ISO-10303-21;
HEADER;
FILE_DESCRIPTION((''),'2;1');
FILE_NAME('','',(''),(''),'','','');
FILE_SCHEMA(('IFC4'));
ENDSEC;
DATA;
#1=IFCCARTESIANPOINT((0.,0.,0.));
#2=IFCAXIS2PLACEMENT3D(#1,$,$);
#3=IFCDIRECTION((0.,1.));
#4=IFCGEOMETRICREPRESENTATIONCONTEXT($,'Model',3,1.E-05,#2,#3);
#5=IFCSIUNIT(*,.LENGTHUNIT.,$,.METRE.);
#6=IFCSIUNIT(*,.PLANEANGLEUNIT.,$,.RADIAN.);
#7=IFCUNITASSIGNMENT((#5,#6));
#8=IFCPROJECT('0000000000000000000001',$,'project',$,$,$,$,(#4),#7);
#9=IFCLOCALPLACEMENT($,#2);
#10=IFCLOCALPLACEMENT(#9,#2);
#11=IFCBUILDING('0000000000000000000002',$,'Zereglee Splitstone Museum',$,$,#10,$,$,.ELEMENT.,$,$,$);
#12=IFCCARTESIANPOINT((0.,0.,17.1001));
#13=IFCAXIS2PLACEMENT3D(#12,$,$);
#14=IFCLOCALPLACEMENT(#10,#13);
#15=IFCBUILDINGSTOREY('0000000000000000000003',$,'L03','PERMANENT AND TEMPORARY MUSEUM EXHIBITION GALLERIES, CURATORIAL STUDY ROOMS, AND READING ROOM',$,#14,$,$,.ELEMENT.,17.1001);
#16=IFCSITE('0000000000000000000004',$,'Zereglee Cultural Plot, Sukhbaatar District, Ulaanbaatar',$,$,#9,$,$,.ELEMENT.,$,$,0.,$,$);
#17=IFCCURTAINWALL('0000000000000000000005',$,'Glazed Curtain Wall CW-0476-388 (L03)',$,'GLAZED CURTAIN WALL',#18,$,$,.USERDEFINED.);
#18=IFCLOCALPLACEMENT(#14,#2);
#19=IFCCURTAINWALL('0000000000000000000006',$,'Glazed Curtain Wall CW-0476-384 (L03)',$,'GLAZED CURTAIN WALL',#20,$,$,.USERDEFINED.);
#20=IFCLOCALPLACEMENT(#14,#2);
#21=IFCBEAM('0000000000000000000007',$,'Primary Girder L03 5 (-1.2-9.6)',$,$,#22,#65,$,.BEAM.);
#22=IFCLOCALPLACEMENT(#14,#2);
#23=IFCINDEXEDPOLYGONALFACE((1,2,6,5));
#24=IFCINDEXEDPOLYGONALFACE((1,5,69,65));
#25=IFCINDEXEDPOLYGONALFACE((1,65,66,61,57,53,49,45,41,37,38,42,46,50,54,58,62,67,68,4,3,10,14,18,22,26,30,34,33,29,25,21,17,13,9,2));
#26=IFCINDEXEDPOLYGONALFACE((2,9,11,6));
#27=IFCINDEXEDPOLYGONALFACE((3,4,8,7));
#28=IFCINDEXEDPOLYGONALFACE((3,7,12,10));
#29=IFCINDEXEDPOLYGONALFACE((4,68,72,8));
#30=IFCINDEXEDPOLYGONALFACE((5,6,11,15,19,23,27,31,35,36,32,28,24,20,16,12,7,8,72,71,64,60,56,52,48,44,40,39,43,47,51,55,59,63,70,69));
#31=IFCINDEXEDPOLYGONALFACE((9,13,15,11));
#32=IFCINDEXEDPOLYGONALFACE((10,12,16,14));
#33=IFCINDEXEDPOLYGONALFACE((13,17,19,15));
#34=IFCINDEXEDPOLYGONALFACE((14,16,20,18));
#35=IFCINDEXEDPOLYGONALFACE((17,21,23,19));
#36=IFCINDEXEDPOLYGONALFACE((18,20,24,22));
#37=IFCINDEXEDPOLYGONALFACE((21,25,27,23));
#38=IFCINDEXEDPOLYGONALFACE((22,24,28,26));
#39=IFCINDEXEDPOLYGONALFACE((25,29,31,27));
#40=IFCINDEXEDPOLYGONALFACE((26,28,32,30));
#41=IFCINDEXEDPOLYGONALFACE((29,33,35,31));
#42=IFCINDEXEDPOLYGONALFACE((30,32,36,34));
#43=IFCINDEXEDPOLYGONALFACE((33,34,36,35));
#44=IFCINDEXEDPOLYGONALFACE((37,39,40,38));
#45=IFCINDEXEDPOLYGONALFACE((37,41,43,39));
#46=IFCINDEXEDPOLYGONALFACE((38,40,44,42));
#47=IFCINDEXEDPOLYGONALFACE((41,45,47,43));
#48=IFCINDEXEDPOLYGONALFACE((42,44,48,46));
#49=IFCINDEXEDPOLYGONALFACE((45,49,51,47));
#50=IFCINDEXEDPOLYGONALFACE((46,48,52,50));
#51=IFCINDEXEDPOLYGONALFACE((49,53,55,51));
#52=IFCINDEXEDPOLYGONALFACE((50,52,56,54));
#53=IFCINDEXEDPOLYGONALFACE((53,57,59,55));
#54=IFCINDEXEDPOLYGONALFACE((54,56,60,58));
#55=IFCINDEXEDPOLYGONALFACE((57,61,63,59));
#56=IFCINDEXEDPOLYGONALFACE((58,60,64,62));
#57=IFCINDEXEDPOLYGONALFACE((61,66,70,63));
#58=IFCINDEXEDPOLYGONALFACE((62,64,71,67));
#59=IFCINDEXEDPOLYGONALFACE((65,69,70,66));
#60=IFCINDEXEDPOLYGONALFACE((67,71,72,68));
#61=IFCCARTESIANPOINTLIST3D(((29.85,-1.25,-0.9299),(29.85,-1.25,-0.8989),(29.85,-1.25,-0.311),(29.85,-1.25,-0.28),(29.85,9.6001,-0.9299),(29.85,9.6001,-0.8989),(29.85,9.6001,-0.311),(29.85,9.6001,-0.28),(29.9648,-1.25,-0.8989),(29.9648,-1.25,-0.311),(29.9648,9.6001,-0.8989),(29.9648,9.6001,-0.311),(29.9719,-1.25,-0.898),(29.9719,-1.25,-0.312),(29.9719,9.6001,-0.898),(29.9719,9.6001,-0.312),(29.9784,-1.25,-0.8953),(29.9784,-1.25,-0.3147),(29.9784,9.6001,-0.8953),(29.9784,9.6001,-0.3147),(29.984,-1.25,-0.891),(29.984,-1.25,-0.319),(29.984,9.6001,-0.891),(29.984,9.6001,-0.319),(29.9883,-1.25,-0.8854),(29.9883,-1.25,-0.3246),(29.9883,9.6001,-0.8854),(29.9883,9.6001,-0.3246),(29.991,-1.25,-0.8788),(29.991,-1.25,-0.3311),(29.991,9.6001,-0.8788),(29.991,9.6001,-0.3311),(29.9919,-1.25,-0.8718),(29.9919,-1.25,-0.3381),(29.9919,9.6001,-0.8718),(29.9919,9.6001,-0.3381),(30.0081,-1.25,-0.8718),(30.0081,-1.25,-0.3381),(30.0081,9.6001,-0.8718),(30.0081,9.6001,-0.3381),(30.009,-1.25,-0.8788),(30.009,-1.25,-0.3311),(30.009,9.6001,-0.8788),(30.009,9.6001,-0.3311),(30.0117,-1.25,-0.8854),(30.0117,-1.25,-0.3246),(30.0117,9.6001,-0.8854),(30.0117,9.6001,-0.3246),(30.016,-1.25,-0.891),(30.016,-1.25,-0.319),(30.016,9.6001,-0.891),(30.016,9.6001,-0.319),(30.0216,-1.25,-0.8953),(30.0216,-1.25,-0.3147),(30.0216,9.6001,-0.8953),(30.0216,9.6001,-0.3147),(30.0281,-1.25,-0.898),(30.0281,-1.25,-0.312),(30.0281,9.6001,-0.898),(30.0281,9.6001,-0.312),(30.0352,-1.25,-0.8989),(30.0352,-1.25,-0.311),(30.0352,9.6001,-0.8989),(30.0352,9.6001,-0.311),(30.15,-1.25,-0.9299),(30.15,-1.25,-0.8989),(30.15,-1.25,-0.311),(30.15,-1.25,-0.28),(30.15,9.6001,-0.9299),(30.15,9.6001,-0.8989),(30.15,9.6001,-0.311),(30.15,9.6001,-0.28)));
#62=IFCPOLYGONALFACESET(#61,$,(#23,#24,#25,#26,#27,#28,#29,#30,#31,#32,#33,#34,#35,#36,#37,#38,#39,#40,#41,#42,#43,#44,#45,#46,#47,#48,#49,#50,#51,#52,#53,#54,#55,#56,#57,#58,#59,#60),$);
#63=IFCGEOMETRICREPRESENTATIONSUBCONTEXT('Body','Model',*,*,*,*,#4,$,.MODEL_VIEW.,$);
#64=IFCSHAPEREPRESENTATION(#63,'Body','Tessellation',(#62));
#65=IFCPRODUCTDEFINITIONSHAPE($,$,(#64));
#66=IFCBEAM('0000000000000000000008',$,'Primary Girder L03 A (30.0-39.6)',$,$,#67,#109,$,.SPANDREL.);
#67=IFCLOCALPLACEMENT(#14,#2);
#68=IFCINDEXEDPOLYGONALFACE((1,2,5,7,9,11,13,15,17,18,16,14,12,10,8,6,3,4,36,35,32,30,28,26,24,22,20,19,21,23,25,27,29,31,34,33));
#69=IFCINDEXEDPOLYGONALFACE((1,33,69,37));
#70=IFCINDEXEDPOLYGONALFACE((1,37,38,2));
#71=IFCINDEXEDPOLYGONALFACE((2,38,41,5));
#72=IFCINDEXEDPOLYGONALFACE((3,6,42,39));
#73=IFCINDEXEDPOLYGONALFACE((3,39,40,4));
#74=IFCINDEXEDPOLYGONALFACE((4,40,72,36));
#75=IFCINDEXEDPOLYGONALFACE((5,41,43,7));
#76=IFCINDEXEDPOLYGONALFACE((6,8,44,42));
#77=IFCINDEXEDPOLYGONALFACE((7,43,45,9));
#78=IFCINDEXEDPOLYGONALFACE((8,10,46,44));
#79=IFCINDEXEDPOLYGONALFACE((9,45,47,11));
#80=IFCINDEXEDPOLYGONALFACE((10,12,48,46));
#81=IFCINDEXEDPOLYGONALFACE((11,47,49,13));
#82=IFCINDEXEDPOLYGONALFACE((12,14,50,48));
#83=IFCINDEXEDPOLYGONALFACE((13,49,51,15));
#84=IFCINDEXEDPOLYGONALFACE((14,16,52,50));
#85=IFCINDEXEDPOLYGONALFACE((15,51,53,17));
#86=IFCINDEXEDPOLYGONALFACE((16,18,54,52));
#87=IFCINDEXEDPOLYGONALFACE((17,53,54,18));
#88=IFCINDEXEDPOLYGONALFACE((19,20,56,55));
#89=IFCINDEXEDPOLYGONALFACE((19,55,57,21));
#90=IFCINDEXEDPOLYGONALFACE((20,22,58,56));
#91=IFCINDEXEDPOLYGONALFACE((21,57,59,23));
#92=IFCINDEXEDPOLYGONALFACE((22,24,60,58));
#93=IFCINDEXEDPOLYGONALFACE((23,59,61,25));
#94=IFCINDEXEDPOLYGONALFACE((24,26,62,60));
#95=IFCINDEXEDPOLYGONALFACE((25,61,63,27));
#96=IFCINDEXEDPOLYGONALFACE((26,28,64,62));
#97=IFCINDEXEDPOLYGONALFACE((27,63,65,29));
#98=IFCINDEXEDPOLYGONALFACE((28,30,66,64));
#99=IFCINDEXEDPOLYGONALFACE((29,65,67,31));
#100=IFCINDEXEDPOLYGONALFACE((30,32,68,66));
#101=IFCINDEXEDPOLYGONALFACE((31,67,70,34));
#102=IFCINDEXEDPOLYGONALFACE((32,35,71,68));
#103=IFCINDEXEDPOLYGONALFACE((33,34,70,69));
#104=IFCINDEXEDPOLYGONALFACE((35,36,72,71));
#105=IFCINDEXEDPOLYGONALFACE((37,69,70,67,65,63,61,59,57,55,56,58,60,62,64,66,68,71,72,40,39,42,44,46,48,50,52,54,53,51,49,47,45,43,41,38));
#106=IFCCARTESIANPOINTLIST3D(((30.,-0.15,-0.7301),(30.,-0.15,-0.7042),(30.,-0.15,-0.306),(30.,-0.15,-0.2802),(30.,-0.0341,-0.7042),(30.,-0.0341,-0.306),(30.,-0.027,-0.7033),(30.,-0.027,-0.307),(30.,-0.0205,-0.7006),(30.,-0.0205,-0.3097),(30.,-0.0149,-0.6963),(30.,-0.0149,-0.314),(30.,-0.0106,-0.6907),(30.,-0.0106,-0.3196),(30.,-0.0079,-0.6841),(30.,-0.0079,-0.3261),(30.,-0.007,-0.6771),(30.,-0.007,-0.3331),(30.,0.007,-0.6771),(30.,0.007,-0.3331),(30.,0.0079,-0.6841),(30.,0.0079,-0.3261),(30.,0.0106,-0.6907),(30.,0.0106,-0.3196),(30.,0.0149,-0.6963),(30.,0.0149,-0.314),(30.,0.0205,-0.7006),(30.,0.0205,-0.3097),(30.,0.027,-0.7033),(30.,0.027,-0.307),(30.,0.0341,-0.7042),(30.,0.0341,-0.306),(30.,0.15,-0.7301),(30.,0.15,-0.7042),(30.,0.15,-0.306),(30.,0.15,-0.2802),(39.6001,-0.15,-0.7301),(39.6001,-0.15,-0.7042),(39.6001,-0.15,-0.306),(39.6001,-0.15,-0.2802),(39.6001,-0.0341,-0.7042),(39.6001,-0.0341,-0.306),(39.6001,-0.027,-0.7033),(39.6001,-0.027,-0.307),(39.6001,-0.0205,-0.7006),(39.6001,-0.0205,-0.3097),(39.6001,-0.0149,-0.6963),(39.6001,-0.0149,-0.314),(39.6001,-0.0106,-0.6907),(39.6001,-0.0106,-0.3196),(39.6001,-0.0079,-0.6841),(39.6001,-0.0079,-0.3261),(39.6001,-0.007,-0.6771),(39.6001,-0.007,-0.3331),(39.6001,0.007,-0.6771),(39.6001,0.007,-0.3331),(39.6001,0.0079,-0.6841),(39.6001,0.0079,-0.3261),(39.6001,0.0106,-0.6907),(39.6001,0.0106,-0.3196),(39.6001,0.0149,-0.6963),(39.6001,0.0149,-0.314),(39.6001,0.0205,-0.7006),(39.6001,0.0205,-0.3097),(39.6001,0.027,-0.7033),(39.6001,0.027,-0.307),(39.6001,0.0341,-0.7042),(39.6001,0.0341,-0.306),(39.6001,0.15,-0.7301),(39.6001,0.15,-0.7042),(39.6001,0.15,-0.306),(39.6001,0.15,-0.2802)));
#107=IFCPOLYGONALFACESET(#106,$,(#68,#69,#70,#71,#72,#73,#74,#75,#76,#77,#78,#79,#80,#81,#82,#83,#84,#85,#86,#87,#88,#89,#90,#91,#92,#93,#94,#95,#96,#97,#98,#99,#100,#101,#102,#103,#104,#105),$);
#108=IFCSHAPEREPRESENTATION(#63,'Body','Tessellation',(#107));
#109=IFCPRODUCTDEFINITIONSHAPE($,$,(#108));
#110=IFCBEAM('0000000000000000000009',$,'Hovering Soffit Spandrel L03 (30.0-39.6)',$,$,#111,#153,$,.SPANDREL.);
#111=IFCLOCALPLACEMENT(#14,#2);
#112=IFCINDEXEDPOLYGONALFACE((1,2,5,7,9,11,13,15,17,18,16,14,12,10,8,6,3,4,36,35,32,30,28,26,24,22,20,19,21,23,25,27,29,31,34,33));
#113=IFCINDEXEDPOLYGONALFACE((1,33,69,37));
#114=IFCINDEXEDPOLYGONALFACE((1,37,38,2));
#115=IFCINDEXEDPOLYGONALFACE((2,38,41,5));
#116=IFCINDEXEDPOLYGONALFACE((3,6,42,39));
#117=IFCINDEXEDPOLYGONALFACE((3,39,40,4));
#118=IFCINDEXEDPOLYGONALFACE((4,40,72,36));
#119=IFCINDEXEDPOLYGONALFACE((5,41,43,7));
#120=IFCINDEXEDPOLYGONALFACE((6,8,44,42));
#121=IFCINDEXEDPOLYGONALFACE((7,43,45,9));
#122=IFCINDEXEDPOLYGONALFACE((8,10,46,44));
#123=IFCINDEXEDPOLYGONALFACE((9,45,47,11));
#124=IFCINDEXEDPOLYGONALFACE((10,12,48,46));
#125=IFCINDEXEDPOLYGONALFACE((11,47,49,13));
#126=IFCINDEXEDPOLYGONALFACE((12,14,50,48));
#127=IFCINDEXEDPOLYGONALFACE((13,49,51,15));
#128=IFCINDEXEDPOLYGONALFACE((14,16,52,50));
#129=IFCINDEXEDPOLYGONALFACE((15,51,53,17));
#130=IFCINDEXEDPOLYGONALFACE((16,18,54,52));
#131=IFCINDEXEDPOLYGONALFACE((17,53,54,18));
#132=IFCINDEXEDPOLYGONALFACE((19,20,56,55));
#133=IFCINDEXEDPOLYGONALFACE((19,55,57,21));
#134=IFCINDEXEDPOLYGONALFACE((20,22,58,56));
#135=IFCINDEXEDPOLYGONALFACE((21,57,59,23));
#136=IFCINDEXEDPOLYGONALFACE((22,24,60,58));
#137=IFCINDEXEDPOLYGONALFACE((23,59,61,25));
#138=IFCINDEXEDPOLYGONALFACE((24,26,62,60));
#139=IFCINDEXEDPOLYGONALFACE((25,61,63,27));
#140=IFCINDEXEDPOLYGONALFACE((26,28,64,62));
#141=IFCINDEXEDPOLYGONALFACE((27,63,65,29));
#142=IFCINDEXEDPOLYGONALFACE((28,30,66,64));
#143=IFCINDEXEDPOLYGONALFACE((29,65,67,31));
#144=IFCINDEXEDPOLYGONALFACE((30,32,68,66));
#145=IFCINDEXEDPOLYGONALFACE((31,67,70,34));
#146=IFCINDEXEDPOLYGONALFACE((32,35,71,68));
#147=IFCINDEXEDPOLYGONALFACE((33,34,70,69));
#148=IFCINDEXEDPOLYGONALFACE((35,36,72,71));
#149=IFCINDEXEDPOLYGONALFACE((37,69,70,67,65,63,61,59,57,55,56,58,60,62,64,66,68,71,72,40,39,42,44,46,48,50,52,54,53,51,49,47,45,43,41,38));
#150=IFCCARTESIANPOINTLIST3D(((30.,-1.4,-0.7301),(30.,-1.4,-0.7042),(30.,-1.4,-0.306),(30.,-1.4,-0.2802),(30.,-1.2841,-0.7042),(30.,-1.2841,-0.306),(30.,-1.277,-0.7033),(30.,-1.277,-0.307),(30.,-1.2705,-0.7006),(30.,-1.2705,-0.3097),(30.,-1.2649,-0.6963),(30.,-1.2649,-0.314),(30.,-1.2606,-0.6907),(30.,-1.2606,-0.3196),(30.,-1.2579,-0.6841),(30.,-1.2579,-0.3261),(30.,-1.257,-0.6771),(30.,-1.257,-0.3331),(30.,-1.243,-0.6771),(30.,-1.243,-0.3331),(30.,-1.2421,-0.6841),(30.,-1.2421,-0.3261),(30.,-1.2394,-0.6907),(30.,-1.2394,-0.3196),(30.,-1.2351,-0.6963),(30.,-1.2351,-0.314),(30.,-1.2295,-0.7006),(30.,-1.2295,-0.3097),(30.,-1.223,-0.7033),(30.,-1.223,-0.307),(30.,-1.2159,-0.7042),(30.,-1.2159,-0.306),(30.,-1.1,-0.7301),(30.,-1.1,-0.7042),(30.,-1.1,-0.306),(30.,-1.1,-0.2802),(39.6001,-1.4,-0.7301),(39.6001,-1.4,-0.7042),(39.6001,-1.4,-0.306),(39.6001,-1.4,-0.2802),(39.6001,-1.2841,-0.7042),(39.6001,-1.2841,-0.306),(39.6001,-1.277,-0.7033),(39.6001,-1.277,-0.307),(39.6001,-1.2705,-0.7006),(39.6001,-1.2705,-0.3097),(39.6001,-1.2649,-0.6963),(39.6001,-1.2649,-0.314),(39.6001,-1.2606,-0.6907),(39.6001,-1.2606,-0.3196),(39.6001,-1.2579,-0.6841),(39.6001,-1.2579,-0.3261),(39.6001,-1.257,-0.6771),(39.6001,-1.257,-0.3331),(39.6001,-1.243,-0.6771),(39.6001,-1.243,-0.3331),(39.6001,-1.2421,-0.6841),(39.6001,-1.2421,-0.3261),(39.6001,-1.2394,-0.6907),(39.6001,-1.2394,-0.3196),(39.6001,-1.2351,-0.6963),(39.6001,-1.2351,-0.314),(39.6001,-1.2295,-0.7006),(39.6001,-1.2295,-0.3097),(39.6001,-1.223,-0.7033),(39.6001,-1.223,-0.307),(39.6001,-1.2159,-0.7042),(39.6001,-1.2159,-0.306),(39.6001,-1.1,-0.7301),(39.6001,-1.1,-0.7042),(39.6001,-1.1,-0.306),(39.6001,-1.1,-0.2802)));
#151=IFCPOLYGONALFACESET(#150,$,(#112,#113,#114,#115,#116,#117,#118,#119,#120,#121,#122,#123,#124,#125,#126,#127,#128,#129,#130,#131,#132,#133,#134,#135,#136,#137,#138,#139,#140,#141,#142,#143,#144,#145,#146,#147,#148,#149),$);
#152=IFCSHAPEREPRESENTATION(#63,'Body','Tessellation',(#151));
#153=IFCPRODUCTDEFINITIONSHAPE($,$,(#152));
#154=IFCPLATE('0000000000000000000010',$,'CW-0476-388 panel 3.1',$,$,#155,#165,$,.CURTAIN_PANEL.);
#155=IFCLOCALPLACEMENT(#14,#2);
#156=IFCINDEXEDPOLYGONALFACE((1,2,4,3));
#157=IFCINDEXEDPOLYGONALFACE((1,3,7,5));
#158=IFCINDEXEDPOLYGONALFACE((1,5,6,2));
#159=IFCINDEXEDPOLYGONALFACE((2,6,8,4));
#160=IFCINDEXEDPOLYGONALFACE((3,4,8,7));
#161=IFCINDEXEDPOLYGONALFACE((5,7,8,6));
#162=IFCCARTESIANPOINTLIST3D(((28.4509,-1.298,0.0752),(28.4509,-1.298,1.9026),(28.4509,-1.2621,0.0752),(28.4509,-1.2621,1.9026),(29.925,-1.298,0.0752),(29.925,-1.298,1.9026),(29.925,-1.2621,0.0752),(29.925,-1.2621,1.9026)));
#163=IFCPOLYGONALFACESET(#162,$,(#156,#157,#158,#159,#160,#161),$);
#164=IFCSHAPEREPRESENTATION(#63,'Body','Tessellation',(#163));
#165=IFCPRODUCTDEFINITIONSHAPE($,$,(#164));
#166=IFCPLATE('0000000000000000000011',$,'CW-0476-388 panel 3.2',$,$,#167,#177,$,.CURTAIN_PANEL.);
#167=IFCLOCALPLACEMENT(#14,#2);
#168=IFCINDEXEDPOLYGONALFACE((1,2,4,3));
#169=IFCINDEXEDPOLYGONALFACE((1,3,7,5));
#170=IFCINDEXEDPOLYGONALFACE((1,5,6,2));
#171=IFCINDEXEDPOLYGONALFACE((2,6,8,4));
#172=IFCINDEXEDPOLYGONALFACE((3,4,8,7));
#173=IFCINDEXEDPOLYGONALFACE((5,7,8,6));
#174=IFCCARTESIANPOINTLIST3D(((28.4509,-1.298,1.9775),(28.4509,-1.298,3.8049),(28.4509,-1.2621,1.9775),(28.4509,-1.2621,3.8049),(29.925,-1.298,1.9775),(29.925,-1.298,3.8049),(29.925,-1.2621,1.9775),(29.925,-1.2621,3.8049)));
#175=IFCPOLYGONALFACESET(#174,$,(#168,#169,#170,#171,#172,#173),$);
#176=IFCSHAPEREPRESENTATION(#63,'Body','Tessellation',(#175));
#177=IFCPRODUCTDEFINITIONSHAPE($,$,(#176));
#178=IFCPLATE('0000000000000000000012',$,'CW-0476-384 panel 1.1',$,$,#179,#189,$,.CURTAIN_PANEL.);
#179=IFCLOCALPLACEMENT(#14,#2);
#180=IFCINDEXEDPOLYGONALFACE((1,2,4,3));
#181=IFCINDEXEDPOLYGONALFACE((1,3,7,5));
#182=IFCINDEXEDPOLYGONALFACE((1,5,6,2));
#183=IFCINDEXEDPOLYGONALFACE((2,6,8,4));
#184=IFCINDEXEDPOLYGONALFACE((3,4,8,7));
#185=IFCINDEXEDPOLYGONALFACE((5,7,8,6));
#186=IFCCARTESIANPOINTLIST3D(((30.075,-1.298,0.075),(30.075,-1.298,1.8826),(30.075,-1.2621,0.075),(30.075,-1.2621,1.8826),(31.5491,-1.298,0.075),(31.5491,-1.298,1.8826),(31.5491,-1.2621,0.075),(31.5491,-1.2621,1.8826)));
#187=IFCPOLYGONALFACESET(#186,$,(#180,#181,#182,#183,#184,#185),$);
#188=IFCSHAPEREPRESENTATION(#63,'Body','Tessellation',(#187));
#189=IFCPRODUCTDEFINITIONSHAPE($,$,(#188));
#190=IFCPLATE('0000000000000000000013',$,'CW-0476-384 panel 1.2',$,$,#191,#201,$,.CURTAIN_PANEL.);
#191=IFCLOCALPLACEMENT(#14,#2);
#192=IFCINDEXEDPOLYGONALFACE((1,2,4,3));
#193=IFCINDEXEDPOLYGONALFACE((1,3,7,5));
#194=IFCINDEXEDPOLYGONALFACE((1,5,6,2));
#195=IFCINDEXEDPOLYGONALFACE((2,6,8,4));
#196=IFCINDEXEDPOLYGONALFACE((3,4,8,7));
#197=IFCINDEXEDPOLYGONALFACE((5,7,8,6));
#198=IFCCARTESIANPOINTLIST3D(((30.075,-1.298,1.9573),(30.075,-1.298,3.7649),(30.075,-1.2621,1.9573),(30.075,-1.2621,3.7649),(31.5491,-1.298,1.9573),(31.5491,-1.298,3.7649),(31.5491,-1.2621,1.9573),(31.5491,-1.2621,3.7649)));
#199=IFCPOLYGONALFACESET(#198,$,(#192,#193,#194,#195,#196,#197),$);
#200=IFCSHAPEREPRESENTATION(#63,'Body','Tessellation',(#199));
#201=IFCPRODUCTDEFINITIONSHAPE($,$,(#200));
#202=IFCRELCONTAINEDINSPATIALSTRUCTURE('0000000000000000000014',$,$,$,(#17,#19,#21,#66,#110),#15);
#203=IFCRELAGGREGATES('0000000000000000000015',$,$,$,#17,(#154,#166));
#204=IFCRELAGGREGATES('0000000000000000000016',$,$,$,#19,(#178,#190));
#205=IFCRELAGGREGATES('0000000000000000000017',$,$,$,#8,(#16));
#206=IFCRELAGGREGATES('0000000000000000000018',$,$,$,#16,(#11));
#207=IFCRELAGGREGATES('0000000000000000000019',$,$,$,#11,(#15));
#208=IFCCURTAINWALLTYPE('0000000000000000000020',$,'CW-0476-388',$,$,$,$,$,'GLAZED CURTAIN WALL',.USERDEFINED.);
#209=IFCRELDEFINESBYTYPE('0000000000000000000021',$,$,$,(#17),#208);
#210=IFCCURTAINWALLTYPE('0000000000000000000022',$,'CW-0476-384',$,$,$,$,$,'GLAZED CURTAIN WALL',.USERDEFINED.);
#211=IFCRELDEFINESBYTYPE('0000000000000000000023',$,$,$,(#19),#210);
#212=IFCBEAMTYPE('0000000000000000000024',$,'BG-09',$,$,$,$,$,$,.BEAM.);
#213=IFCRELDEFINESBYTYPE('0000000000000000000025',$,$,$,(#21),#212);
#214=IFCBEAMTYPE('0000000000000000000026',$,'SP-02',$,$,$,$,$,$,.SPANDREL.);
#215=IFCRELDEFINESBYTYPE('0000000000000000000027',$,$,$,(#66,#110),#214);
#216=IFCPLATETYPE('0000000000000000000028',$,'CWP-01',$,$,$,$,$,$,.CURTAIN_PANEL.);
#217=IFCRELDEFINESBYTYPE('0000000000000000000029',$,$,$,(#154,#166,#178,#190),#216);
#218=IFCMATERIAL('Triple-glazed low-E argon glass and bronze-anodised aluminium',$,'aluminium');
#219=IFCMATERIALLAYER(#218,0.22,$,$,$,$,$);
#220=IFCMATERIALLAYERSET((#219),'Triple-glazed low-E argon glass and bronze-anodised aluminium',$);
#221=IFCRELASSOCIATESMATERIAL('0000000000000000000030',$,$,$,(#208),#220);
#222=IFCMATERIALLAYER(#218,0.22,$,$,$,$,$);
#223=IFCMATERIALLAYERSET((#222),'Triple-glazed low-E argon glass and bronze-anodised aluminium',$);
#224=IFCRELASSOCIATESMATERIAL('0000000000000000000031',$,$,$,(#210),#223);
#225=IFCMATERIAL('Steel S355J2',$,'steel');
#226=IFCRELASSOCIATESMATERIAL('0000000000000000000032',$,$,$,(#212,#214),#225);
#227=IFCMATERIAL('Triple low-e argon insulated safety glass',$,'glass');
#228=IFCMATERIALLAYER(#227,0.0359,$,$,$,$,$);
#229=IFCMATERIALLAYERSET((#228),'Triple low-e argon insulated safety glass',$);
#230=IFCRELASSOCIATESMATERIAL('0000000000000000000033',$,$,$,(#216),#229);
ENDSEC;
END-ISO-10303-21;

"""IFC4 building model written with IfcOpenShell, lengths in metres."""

from ifc_helpers import new_model, si_unit, direction, frame, origin, origin_2d, place, context, subcontext, project, spatial, rectangle, i_section, extrude, material, layer, layer_set, material_profile, profile_set, type_object, element, aggregate, save


model = new_model("IFC4")

# Units and contexts
model_context = context("Model", 3, precision=1e-05, world=origin(), true_north=direction((0.0, 1.0)))
body_context = subcontext(model_context, "Body", "Model", "MODEL_VIEW")
ifc_project = project(units=[si_unit("LENGTHUNIT", "METRE"), si_unit("PLANEANGLEUNIT", "RADIAN")], contexts=[model_context])

# Site, building, storey
site_placement = place(None, origin())
site = spatial("IfcSite", under=ifc_project, at=site_placement, Name="Zereglee Cultural Plot, Sukhbaatar District, Ulaanbaatar", CompositionType="ELEMENT", RefElevation=0.0)
building_placement = place(site_placement, origin())
building = spatial("IfcBuilding", under=site, at=building_placement, Name="Zereglee Splitstone Museum", CompositionType="ELEMENT")
storey_placement = place(building_placement, frame((0.0, 0.0, 17.1001)))
storey = spatial("IfcBuildingStorey", under=building, at=storey_placement, Name="L03", Description="PERMANENT AND TEMPORARY MUSEUM EXHIBITION GALLERIES, CURATORIAL STUDY ROOMS, AND READING ROOM", CompositionType="ELEMENT", Elevation=17.1001)

# Curtain walls
ifc_material_1 = material(Name="Triple-glazed low-E argon glass and bronze-anodised aluminium", Category="aluminium")
ifc_layer_1 = layer(ifc_material_1, 0.22)
ifc_layer_set_1 = layer_set([ifc_layer_1], Name="Triple-glazed low-E argon glass and bronze-anodised aluminium")
curtain_wall_type_1 = type_object("IfcCurtainWallType", Name="CW-0476-388", ElementType="GLAZED CURTAIN WALL", PredefinedType="USERDEFINED", material=ifc_layer_set_1)
curtain_wall_1_placement = place(storey_placement, origin())
curtain_wall_1 = element("IfcCurtainWall", 1, at=curtain_wall_1_placement, inside=storey, type_object=curtain_wall_type_1, Name="Glazed Curtain Wall CW-0476-388 (L03)", ObjectType="GLAZED CURTAIN WALL", PredefinedType="USERDEFINED")
ifc_layer_2 = layer(ifc_material_1, 0.22)
ifc_layer_set_2 = layer_set([ifc_layer_2], Name="Triple-glazed low-E argon glass and bronze-anodised aluminium")
curtain_wall_type_2 = type_object("IfcCurtainWallType", Name="CW-0476-384", ElementType="GLAZED CURTAIN WALL", PredefinedType="USERDEFINED", material=ifc_layer_set_2)
curtain_wall_2_placement = place(storey_placement, origin())
curtain_wall_2 = element("IfcCurtainWall", 2, at=curtain_wall_2_placement, inside=storey, type_object=curtain_wall_type_2, Name="Glazed Curtain Wall CW-0476-384 (L03)", ObjectType="GLAZED CURTAIN WALL", PredefinedType="USERDEFINED")

# Beams
ifc_material_2 = material(Name="Steel S355J2", Category="steel")
ifc_material_profile_1 = material_profile(ifc_material_2, i_section(OverallWidth=0.3, OverallDepth=0.6499, WebThickness=0.0161, FlangeThickness=0.031, FilletRadius=0.0271, at=origin_2d()), Name="HE 650 B")
ifc_profile_set_1 = profile_set([ifc_material_profile_1], Name="Steel S355J2")
beam_type_1 = type_object("IfcBeamType", Name="BG-09", PredefinedType="BEAM", material=ifc_profile_set_1)
beam_placement = place(storey_placement, frame((30.0, -1.25, -0.605), z_axis=(0.0, 1.0, 0.0), x_axis=(-1.0, 0.0, 0.0)))
element("IfcBeam", 3, at=beam_placement, inside=storey, type_object=beam_type_1, Name="Primary Girder L03 5 (-1.2-9.6)", PredefinedType="BEAM", context=body_context, shape_type="SweptSolid", body=[
    extrude(i_section(OverallWidth=0.3, OverallDepth=0.6499, WebThickness=0.0161, FlangeThickness=0.031, FilletRadius=0.0271, at=origin_2d()), origin(), (0.0, 0.0, 1.0), 10.8501),
])
ifc_material_profile_2 = material_profile(ifc_material_2, i_section(OverallWidth=0.3, OverallDepth=0.45, WebThickness=0.0139, FlangeThickness=0.0259, FilletRadius=0.0271, at=origin_2d()), Name="HE 450 B")
ifc_profile_set_2 = profile_set([ifc_material_profile_2], Name="Steel S355J2")
beam_type_2 = type_object("IfcBeamType", Name="SP-02", PredefinedType="SPANDREL", material=ifc_profile_set_2)
for number, where, z_axis, x_axis, name in (
    (4, (30.0, 0.0, -0.5051), (1.0, 0.0, 0.0), (0.0, 1.0, 0.0), "Primary Girder L03 A (30.0-39.6)"),
    (5, (30.0, -1.25, -0.5051), (1.0, 0.0, 0.0), (0.0, 1.0, 0.0), "Hovering Soffit Spandrel L03 (30.0-39.6)"),
):
    element("IfcBeam", number, at=place(storey_placement, frame(where, z_axis=z_axis, x_axis=x_axis)), inside=storey, type_object=beam_type_2, Name=name, PredefinedType="SPANDREL", context=body_context, shape_type="SweptSolid", body=[
        extrude(i_section(OverallWidth=0.3, OverallDepth=0.45, WebThickness=0.0139, FlangeThickness=0.0259, FilletRadius=0.0271, at=origin_2d()), origin(), (0.0, 0.0, 1.0), 9.6001),
    ])

# Plates
ifc_material_3 = material(Name="Triple low-e argon insulated safety glass", Category="glass")
ifc_layer_3 = layer(ifc_material_3, 0.0359)
ifc_layer_set_3 = layer_set([ifc_layer_3], Name="Triple low-e argon insulated safety glass")
plate_type = type_object("IfcPlateType", Name="CWP-01", PredefinedType="CURTAIN_PANEL", material=ifc_layer_set_3)
plate_1_placement = place(storey_placement, frame((29.188, -1.28, 0.0752), z_axis=(0.0, 0.0, 1.0), x_axis=(1.0, 0.0, 0.0)))
plate_1 = element("IfcPlate", 6, at=plate_1_placement, type_object=plate_type, Name="CW-0476-388 panel 3.1", PredefinedType="CURTAIN_PANEL", context=body_context, shape_type="SweptSolid", body=[
    extrude(rectangle(XDim=1.4741, YDim=0.0359, at=origin_2d()), origin(), (0.0, 0.0, 1.0), 1.8274),
])
plate_2_placement = place(storey_placement, frame((29.188, -1.28, 1.9775), z_axis=(0.0, 0.0, 1.0), x_axis=(1.0, 0.0, 0.0)))
plate_2 = element("IfcPlate", 7, at=plate_2_placement, type_object=plate_type, Name="CW-0476-388 panel 3.2", PredefinedType="CURTAIN_PANEL", context=body_context, shape_type="SweptSolid", body=[
    extrude(rectangle(XDim=1.4741, YDim=0.0359, at=origin_2d()), origin(), (0.0, 0.0, 1.0), 1.8274),
])
aggregate(curtain_wall_1, [plate_1, plate_2])
plate_3_placement = place(storey_placement, frame((30.812, -1.28, 0.075), z_axis=(0.0, 0.0, 1.0), x_axis=(1.0, 0.0, 0.0)))
plate_3 = element("IfcPlate", 8, at=plate_3_placement, type_object=plate_type, Name="CW-0476-384 panel 1.1", PredefinedType="CURTAIN_PANEL", context=body_context, shape_type="SweptSolid", body=[
    extrude(rectangle(XDim=1.4741, YDim=0.0359, at=origin_2d()), origin(), (0.0, 0.0, 1.0), 1.8076),
])
plate_4_placement = place(storey_placement, frame((30.812, -1.28, 1.9573), z_axis=(0.0, 0.0, 1.0), x_axis=(1.0, 0.0, 0.0)))
plate_4 = element("IfcPlate", 9, at=plate_4_placement, type_object=plate_type, Name="CW-0476-384 panel 1.2", PredefinedType="CURTAIN_PANEL", context=body_context, shape_type="SweptSolid", body=[
    extrude(rectangle(XDim=1.4741, YDim=0.0359, at=origin_2d()), origin(), (0.0, 0.0, 1.0), 1.8076),
])
aggregate(curtain_wall_2, [plate_3, plate_4])

save(model, "model.ifc")
